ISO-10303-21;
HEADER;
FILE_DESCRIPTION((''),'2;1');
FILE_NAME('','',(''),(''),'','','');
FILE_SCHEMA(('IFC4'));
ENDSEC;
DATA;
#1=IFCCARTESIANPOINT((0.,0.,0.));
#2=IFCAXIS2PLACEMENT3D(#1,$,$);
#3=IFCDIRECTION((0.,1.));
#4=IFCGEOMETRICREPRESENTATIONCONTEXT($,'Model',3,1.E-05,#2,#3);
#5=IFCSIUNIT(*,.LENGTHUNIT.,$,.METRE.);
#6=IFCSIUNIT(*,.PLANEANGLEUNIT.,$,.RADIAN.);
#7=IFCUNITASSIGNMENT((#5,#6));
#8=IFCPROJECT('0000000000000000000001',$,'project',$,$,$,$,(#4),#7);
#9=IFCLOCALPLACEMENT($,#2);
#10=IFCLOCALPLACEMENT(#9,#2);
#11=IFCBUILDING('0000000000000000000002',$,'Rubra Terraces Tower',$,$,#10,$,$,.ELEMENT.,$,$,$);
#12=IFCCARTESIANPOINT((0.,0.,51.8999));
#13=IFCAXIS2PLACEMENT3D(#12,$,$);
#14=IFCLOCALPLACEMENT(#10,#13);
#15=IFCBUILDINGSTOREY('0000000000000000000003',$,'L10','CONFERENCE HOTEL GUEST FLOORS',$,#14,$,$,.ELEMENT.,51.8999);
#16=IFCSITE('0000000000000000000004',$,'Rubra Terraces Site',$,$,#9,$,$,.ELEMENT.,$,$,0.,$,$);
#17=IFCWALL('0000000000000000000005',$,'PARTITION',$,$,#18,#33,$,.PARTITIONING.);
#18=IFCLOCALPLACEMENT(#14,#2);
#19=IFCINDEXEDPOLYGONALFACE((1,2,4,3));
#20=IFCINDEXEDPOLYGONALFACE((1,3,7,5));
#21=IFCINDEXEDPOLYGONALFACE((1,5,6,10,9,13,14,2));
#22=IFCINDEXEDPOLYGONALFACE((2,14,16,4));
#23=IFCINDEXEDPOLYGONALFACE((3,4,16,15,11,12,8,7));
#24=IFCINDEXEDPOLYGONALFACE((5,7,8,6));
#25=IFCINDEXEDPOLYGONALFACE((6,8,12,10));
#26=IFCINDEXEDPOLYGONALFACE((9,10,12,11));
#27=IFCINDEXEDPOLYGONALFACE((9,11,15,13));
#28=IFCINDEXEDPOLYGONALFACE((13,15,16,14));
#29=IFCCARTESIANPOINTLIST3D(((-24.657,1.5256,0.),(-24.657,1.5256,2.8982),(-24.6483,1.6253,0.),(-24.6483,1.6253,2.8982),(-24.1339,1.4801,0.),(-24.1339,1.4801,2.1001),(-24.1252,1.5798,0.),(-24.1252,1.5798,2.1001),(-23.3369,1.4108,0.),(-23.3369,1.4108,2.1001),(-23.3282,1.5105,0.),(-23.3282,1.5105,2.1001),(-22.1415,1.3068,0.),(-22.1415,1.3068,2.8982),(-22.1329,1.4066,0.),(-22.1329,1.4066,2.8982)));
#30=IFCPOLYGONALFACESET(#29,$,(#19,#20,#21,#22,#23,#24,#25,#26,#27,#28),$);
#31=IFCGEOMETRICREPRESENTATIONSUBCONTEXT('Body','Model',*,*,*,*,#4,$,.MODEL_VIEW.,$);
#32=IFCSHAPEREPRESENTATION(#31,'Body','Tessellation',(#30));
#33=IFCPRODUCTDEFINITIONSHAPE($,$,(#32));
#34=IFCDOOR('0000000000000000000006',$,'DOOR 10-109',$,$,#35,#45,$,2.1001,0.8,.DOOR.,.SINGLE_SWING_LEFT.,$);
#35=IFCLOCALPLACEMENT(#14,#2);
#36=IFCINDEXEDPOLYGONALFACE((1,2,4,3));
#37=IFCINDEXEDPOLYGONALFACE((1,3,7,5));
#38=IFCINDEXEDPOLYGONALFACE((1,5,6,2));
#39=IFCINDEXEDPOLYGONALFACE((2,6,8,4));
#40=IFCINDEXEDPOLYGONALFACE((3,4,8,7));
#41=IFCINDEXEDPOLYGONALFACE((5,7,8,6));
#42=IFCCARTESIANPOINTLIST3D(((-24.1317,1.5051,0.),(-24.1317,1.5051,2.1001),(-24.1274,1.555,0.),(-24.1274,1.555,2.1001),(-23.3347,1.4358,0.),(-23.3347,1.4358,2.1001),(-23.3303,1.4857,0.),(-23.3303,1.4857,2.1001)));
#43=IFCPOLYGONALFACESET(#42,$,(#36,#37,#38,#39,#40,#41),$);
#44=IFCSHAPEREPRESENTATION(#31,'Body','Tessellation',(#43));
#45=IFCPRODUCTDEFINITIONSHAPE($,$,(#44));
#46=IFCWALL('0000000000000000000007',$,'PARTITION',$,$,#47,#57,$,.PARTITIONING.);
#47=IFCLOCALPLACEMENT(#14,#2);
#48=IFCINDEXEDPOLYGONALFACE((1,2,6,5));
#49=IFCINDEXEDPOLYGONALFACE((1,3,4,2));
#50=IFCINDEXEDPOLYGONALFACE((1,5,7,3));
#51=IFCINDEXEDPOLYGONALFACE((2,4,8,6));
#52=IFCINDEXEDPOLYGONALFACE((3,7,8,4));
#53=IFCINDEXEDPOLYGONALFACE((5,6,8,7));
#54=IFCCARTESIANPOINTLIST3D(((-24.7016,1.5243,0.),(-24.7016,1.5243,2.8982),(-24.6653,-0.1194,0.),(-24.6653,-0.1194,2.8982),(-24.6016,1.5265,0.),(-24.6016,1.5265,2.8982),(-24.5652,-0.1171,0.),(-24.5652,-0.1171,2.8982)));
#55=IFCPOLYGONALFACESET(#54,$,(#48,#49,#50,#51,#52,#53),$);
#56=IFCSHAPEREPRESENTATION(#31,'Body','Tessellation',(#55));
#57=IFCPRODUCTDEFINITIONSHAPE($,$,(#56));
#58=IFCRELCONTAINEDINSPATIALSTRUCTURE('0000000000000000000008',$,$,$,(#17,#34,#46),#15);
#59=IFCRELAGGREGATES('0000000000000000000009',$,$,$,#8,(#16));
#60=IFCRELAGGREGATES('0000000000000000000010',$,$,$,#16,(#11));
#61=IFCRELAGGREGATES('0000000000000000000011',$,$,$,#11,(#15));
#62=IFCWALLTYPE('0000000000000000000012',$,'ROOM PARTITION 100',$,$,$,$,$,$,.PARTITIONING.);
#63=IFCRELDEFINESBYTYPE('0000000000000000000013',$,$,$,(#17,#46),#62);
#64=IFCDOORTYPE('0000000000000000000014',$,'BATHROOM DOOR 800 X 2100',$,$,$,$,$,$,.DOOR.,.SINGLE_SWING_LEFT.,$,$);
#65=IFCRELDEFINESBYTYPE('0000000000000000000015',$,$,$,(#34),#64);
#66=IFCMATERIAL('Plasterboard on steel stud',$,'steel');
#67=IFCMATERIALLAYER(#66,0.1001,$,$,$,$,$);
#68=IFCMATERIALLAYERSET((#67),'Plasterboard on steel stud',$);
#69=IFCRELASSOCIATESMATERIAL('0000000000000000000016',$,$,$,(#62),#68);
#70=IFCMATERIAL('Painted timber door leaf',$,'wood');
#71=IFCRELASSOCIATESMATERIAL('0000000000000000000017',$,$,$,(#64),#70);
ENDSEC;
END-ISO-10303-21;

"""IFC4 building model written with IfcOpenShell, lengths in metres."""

from ifc_helpers import new_model, si_unit, direction, frame, frame_2d, origin, place, context, subcontext, project, spatial, rectangle, extrude, material, layer, layer_set, type_object, element, fill, save


model = new_model("IFC4")

# Units and contexts
model_context = context("Model", 3, precision=1e-05, world=origin(), true_north=direction((0.0, 1.0)))
body_context = subcontext(model_context, "Body", "Model", "MODEL_VIEW")
ifc_project = project(units=[si_unit("LENGTHUNIT", "METRE"), si_unit("PLANEANGLEUNIT", "RADIAN")], contexts=[model_context])

# Site, building, storey
site_placement = place(None, origin())
site = spatial("IfcSite", under=ifc_project, at=site_placement, Name="Rubra Terraces Site", CompositionType="ELEMENT", RefElevation=0.0)
building_placement = place(site_placement, origin())
building = spatial("IfcBuilding", under=site, at=building_placement, Name="Rubra Terraces Tower", CompositionType="ELEMENT")
storey_placement = place(building_placement, frame((0.0, 0.0, 51.8999)))
storey = spatial("IfcBuildingStorey", under=building, at=storey_placement, Name="L10", Description="CONFERENCE HOTEL GUEST FLOORS", CompositionType="ELEMENT", Elevation=51.8999)

# Wall, opening, door
ifc_material_1 = material(Name="Plasterboard on steel stud", Category="steel")
ifc_layer_1 = layer(ifc_material_1, 0.1001)
ifc_layer_set_1 = layer_set([ifc_layer_1], Name="Plasterboard on steel stud")
wall_type_1 = type_object("IfcWallType", Name="ROOM PARTITION 100", PredefinedType="PARTITIONING", material=ifc_layer_set_1)
ifc_material_2 = material(Name="Painted timber door leaf", Category="wood")
door_type = type_object("IfcDoorType", Name="BATHROOM DOOR 800 X 2100", OperationType="SINGLE_SWING_LEFT", PredefinedType="DOOR", material=ifc_material_2)
wall_1_placement = place(storey_placement, frame((-22.1372, 1.3567, 0.0), z_axis=(0.0, 0.0, 1.0), x_axis=(-0.99624, 0.086638, 0.0)))
wall_1 = element("IfcWall", 1, at=wall_1_placement, inside=storey, type_object=wall_type_1, Name="PARTITION", PredefinedType="PARTITIONING", context=body_context, shape_type="SweptSolid", body=[
    extrude(rectangle(XDim=2.5249, YDim=0.1001, at=frame_2d((1.2625, 0.0))), origin(), (0.0, 0.0, 1.0), 2.8982),
])
opening_1_placement = place(wall_1_placement, frame((1.2, 0.0, 0.0)))
opening_1 = element("IfcOpeningElement", 2, at=opening_1_placement, cuts=wall_1, PredefinedType="OPENING", context=body_context, shape_type="SweptSolid", body=[
    extrude(rectangle(XDim=0.8, YDim=2.1001, at=frame_2d((0.3999, 1.05))), frame((0.0, 0.0601, 0.0), z_axis=(0.0, -1.0, 0.0), x_axis=(1.0, 0.0, 0.0)), (0.0, 0.0, 1.0), 0.1201),
])
door_1_placement = place(opening_1_placement, origin())
door_1 = element("IfcDoor", 3, at=door_1_placement, inside=storey, type_object=door_type, Name="DOOR 10-109", OperationType="SINGLE_SWING_LEFT", OverallHeight=2.1001, OverallWidth=0.8, PredefinedType="DOOR", context=body_context, shape_type="SweptSolid", body=[
    extrude(rectangle(XDim=0.8, YDim=2.1001, at=frame_2d((0.3999, 1.05))), frame((0.0, 0.0249, 0.0), z_axis=(0.0, -1.0, 0.0), x_axis=(1.0, 0.0, 0.0)), (0.0, 0.0, 1.0), 0.05),
])
fill(opening_1, door_1)

# Wall
wall_2_placement = place(storey_placement, frame((-24.6516, 1.5254, 0.0), z_axis=(0.0, 0.0, 1.0), x_axis=(0.022128, -0.999755, 0.0)))
element("IfcWall", 4, at=wall_2_placement, inside=storey, type_object=wall_type_1, Name="PARTITION", PredefinedType="PARTITIONING", context=body_context, shape_type="SweptSolid", body=[
    extrude(rectangle(XDim=1.644, YDim=0.1001, at=frame_2d((0.822, 0.0))), origin(), (0.0, 0.0, 1.0), 2.8982),
])

save(model, "model.ifc")
